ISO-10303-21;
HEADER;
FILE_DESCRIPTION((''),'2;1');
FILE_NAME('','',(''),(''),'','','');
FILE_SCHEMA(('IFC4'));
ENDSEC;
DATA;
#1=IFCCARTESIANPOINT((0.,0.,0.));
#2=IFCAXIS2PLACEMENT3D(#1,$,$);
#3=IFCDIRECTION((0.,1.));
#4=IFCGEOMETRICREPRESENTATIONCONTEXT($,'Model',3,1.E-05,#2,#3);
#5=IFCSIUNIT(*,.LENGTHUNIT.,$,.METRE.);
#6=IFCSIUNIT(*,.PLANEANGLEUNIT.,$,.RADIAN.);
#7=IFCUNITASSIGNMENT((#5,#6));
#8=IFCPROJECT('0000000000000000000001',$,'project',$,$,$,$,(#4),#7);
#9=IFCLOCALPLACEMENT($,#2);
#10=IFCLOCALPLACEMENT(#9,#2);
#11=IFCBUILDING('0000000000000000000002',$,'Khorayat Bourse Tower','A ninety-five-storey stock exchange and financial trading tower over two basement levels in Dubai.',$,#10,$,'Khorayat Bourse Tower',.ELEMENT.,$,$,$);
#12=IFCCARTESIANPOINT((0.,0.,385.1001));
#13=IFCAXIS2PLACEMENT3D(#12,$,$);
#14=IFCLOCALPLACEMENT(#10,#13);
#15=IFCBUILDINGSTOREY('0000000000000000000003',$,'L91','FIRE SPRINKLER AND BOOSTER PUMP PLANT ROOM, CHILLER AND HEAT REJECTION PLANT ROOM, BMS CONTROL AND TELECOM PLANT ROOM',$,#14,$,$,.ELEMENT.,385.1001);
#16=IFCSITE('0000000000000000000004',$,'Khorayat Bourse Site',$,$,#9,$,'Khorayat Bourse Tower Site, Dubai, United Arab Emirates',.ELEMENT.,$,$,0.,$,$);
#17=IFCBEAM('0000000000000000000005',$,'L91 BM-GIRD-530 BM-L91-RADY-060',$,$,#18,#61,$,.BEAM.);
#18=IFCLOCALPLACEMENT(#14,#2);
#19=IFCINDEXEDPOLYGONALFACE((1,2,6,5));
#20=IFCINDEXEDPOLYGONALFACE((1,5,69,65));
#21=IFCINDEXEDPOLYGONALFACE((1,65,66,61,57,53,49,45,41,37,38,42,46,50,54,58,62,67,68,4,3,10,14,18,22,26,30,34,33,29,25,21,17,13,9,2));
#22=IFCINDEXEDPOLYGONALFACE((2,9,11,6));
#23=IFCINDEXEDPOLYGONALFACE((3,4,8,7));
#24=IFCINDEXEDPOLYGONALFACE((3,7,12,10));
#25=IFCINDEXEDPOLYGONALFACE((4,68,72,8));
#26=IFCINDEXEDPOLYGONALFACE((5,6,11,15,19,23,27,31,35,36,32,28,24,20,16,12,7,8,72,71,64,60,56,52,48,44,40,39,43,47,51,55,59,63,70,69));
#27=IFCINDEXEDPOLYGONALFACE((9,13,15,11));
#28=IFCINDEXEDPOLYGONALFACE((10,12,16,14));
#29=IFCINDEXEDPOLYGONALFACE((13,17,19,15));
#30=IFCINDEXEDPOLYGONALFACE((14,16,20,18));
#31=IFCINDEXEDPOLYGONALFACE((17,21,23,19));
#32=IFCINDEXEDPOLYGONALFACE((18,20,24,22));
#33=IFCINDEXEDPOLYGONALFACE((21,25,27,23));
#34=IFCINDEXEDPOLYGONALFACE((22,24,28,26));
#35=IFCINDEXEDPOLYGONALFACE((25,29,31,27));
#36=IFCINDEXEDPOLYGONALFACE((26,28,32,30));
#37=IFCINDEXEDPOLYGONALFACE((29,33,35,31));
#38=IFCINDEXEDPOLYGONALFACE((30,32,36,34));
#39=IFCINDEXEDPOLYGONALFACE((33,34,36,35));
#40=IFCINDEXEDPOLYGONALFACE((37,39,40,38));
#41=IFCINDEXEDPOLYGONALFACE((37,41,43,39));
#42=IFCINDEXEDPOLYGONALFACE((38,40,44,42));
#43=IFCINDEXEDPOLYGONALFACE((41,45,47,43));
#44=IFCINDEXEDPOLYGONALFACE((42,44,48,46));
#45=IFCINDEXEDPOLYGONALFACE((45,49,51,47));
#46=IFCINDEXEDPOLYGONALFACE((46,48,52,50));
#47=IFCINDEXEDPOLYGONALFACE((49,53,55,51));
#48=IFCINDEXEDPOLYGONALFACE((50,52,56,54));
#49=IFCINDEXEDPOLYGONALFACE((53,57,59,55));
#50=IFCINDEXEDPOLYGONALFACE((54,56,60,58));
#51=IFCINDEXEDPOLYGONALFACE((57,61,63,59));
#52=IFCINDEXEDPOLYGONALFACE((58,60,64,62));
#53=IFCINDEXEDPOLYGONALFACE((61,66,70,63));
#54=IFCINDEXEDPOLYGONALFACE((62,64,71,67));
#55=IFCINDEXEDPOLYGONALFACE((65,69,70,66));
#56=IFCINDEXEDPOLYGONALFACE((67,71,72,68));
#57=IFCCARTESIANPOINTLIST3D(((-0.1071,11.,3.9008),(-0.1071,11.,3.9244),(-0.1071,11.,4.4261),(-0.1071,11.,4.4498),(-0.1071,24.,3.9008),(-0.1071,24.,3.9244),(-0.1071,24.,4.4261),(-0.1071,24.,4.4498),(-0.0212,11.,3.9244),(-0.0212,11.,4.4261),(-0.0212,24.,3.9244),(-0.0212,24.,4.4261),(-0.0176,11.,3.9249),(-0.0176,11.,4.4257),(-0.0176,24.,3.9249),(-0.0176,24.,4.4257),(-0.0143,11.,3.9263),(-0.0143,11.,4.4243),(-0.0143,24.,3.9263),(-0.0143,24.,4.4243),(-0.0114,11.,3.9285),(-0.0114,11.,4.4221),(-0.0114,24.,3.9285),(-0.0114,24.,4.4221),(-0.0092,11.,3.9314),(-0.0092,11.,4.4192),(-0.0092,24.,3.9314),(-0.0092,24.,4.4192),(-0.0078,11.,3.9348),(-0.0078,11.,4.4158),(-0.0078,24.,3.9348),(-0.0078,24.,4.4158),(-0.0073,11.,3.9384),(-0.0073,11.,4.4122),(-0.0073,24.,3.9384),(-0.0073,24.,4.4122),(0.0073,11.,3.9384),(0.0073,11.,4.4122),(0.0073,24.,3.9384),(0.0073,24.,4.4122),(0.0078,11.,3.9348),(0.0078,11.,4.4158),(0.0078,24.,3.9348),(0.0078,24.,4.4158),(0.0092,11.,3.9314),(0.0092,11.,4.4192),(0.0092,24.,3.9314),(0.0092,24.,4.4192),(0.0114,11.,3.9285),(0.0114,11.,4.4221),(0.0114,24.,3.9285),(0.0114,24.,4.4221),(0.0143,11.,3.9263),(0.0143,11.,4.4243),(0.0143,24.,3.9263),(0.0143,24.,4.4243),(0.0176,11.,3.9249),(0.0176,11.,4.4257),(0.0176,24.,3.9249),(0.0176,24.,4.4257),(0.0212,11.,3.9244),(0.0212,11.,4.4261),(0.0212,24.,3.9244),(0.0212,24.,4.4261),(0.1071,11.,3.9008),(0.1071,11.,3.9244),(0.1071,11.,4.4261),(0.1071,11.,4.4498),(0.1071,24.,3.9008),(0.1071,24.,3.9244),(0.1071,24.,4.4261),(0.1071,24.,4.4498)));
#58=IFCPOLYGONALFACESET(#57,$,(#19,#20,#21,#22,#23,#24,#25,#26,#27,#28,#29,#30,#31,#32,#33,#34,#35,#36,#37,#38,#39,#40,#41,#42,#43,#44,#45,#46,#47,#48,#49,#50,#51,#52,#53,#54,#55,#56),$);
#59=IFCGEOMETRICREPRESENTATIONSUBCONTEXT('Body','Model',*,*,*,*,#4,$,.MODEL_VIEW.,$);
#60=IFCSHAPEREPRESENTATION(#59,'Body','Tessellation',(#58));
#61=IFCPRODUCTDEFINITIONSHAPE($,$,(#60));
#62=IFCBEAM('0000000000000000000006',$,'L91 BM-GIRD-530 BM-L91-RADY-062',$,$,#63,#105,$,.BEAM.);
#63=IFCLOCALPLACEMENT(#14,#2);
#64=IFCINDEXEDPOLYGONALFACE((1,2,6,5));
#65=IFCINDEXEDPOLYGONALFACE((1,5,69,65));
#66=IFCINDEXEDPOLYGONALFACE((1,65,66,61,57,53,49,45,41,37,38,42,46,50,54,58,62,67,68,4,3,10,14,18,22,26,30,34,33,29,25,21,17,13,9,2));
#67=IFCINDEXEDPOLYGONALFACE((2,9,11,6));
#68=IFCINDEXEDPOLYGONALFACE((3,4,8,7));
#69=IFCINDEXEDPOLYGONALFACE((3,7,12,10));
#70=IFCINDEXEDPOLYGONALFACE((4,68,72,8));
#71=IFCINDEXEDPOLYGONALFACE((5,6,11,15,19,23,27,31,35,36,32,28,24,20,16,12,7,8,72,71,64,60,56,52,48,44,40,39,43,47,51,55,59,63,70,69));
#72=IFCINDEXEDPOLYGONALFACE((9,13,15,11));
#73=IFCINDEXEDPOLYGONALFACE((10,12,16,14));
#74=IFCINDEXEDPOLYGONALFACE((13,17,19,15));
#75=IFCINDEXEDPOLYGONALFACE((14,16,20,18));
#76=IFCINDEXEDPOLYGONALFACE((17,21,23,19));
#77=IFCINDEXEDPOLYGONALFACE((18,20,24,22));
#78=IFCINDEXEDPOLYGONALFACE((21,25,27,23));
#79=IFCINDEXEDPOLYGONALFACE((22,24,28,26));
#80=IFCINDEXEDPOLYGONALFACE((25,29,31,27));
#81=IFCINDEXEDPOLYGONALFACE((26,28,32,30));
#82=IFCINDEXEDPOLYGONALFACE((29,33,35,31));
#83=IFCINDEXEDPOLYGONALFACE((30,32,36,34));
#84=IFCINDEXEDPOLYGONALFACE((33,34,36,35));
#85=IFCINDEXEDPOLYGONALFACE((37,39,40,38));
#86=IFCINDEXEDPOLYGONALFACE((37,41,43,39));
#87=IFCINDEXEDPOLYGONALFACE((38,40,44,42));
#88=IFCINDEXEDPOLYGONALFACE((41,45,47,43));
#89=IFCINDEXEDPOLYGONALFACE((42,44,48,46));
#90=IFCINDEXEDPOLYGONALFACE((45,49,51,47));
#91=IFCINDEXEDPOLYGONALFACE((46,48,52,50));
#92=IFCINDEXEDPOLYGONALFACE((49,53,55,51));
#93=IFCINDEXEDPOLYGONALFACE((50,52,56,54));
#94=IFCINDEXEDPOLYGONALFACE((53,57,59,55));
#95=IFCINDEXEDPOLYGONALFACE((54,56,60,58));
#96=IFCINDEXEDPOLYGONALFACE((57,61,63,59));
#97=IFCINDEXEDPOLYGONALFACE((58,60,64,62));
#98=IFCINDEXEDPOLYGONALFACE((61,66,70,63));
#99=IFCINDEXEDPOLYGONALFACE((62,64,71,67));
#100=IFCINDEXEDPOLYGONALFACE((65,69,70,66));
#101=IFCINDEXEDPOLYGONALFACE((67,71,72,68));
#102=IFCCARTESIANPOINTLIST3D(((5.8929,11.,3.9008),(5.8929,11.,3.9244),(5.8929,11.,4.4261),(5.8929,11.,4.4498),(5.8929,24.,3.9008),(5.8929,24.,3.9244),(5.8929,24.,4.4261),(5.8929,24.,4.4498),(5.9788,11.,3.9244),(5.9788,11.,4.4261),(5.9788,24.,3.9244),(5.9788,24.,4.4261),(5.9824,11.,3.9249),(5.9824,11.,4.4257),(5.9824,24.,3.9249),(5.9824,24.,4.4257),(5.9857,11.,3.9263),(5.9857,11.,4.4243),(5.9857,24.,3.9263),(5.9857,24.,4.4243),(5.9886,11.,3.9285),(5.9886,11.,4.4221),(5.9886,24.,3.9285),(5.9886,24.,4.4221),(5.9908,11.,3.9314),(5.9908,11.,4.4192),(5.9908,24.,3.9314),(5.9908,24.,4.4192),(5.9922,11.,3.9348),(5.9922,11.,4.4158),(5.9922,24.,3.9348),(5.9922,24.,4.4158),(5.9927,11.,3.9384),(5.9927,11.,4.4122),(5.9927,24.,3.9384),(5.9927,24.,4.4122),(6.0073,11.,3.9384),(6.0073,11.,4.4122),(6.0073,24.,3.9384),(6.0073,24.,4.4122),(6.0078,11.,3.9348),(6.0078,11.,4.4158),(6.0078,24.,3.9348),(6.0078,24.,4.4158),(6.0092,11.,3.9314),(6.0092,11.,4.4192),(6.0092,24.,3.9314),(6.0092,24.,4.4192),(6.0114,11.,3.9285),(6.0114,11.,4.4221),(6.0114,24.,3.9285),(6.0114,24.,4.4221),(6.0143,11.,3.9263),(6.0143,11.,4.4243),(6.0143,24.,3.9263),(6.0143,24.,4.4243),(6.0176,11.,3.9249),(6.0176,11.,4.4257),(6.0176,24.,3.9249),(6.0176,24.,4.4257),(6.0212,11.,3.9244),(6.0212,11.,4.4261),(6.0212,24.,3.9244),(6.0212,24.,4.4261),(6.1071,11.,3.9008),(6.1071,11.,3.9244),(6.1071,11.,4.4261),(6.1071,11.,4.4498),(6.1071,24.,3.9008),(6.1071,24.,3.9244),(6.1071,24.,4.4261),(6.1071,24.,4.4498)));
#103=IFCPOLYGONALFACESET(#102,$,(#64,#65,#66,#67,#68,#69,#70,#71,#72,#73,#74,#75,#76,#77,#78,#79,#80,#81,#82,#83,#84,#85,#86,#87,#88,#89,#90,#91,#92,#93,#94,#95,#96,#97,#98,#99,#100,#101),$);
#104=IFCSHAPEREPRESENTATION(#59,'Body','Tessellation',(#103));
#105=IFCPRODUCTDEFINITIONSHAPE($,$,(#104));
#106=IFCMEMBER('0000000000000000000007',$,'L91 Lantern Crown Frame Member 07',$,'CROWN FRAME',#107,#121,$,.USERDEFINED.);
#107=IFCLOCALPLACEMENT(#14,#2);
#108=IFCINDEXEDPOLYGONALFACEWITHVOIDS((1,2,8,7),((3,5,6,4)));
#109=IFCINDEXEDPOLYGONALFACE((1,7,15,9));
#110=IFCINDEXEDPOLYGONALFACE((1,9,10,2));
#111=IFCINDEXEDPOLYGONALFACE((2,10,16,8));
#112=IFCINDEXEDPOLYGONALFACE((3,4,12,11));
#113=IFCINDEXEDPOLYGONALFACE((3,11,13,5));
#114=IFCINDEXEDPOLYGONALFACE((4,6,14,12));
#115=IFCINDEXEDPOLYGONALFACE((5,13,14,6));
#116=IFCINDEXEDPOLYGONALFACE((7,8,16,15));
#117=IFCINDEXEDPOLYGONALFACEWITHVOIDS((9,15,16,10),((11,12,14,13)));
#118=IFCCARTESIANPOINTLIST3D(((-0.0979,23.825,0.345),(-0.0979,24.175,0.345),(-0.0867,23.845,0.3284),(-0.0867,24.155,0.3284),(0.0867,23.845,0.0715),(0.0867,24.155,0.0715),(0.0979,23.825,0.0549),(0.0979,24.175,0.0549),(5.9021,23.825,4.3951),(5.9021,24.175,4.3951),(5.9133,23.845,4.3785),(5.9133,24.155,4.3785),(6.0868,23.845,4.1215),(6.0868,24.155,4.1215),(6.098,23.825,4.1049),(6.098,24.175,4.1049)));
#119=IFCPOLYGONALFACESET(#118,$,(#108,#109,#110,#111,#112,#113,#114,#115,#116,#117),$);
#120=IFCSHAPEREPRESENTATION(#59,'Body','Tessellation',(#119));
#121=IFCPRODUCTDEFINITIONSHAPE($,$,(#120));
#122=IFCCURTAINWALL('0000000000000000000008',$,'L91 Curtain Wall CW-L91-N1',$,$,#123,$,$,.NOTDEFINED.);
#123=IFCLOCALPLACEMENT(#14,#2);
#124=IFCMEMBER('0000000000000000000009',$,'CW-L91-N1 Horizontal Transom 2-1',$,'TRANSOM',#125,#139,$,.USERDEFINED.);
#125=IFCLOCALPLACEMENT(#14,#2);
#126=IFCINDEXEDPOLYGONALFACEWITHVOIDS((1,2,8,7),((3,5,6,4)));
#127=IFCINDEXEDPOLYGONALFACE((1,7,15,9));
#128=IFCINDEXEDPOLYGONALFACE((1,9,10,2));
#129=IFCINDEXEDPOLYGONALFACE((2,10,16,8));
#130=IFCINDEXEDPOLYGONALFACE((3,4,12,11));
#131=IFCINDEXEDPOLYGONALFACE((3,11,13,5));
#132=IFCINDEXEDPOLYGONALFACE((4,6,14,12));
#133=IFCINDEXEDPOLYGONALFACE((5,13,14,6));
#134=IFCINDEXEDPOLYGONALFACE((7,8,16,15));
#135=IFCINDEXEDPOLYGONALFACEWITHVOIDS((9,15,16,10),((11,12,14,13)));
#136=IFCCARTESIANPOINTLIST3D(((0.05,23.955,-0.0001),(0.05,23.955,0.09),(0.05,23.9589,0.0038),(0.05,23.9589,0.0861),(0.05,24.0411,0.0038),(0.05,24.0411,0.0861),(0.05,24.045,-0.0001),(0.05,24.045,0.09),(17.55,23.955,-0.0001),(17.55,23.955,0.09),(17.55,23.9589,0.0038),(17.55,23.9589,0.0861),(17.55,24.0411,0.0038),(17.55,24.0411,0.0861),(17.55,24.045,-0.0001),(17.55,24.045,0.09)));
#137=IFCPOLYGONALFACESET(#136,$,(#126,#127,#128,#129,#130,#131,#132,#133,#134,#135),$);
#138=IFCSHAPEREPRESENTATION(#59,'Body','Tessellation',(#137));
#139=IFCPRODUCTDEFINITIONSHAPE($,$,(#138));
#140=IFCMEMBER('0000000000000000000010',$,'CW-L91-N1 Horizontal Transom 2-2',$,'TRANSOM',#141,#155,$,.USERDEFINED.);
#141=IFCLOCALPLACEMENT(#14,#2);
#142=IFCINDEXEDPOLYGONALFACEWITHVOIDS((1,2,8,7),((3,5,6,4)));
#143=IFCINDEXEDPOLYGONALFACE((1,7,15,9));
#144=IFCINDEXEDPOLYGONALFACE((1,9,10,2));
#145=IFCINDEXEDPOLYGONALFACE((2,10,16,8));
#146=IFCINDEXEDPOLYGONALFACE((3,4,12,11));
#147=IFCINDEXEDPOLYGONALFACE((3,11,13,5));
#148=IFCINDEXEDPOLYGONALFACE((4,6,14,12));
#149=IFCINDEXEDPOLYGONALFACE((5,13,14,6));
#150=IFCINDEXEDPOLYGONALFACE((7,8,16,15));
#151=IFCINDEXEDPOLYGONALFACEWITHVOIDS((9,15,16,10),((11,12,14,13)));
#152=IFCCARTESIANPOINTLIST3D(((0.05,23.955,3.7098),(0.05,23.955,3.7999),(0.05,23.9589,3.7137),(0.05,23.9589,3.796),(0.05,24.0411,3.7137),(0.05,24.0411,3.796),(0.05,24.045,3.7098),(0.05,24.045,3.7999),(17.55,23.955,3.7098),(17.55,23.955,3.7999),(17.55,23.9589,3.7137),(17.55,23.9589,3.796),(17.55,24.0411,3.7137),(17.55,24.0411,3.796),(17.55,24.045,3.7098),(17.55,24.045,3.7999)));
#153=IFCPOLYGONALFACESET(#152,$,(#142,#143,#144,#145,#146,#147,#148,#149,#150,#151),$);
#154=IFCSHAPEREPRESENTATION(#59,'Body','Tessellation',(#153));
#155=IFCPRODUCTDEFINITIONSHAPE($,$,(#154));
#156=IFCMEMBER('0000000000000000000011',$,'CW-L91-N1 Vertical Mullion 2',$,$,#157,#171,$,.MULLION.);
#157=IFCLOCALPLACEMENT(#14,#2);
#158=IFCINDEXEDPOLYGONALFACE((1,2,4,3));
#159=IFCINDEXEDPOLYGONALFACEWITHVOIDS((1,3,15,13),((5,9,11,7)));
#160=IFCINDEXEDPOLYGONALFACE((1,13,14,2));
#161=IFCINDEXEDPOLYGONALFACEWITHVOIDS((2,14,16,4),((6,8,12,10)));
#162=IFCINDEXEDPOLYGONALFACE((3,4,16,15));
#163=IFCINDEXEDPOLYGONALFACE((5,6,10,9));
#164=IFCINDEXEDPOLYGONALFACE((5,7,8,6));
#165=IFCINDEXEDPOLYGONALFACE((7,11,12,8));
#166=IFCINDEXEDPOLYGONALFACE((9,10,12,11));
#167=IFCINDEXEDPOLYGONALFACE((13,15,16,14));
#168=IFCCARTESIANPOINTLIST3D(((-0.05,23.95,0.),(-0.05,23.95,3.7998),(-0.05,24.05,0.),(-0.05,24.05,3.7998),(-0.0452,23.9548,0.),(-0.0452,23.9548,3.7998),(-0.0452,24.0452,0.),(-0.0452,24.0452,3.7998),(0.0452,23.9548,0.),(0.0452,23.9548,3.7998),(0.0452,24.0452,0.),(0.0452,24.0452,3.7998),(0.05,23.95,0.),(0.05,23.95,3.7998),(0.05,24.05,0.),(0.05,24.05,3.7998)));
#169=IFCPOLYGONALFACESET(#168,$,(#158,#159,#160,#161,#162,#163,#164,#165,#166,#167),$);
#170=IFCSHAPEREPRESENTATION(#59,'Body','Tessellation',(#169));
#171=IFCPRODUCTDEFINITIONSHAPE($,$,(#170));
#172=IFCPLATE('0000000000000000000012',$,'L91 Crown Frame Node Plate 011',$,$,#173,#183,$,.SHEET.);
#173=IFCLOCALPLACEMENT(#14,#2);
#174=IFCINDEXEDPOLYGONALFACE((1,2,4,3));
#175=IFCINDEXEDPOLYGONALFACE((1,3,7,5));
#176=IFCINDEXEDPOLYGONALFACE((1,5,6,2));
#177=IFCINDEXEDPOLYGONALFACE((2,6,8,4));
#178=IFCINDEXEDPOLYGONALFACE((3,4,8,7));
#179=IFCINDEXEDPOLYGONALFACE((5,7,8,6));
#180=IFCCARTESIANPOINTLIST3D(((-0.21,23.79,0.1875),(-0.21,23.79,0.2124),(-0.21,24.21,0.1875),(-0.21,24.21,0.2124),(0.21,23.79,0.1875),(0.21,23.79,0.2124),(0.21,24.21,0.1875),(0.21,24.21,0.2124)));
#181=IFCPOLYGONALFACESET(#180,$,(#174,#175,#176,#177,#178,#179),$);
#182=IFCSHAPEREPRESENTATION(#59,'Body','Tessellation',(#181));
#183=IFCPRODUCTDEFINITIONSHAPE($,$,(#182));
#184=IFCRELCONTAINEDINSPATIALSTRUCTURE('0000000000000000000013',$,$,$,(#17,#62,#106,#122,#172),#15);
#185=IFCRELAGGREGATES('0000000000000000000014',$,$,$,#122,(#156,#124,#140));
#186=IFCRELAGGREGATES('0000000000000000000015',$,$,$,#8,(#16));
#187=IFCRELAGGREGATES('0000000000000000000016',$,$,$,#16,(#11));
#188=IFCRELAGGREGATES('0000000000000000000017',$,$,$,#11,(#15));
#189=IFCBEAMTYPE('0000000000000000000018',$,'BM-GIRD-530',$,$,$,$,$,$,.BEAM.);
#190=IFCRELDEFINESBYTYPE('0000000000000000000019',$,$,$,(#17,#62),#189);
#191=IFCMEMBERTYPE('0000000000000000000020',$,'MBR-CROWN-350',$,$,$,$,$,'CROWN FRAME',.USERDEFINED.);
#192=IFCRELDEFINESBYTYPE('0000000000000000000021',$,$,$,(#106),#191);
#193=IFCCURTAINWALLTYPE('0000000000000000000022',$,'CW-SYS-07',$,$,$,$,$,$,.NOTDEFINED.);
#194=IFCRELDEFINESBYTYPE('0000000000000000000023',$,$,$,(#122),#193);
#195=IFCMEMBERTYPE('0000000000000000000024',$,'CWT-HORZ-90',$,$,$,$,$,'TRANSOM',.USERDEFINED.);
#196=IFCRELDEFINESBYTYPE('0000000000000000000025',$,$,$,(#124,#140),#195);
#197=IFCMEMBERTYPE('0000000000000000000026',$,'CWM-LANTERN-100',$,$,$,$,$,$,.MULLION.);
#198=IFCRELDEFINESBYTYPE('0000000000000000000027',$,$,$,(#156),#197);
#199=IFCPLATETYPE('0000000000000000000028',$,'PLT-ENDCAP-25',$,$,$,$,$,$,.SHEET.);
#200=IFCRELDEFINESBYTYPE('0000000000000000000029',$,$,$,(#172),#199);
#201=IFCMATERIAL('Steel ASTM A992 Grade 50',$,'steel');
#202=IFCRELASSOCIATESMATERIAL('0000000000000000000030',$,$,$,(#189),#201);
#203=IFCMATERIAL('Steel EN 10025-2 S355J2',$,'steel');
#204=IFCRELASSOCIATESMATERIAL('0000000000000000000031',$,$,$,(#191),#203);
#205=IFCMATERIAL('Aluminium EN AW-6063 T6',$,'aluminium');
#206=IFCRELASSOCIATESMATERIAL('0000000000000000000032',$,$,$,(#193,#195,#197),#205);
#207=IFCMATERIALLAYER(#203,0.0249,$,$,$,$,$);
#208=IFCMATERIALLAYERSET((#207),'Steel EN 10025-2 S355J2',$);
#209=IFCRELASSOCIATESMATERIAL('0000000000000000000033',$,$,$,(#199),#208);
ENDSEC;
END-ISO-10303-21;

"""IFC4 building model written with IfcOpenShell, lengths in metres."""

from ifc_helpers import new_model, si_unit, direction, frame, origin, origin_2d, place, context, subcontext, project, spatial, rectangle, hollow_rectangle, i_section, extrude, source, transform, mapped, material, layer, layer_set, material_profile, profile_set, type_object, element, aggregate, save


model = new_model("IFC4")

# Units and contexts
model_context = context("Model", 3, precision=1e-05, world=origin(), true_north=direction((0.0, 1.0)))
body_context = subcontext(model_context, "Body", "Model", "MODEL_VIEW")
ifc_project = project(units=[si_unit("LENGTHUNIT", "METRE"), si_unit("PLANEANGLEUNIT", "RADIAN")], contexts=[model_context])

# Site, building, storey
site_placement = place(None, origin())
site = spatial("IfcSite", under=ifc_project, at=site_placement, Name="Khorayat Bourse Site", LongName="Khorayat Bourse Tower Site, Dubai, United Arab Emirates", CompositionType="ELEMENT", RefElevation=0.0)
building_placement = place(site_placement, origin())
building = spatial("IfcBuilding", under=site, at=building_placement, Name="Khorayat Bourse Tower", Description="A ninety-five-storey stock exchange and financial trading tower over two basement levels in Dubai.", LongName="Khorayat Bourse Tower", CompositionType="ELEMENT")
storey_placement = place(building_placement, frame((0.0, 0.0, 385.1001)))
storey = spatial("IfcBuildingStorey", under=building, at=storey_placement, Name="L91", Description="FIRE SPRINKLER AND BOOSTER PUMP PLANT ROOM, CHILLER AND HEAT REJECTION PLANT ROOM, BMS CONTROL AND TELECOM PLANT ROOM", CompositionType="ELEMENT", Elevation=385.1001)

# Shared definitions
ifc_material_1 = material(Name="Steel EN 10025-2 S355J2", Category="steel")

# Beams
ifc_material_2 = material(Name="Steel ASTM A992 Grade 50", Category="steel")
ifc_material_profile_1 = material_profile(ifc_material_2, i_section(OverallWidth=0.2141, OverallDepth=0.5491, WebThickness=0.0146, FlangeThickness=0.0237, FilletRadius=0.0139, at=origin_2d()), Name="W530X138")
ifc_profile_set_1 = profile_set([ifc_material_profile_1], Name="Steel ASTM A992 Grade 50")
beam_type_1 = type_object("IfcBeamType", Name="BM-GIRD-530", PredefinedType="BEAM", material=ifc_profile_set_1)
shared_shape_1 = source(origin(), body_context, "Body", "SweptSolid", [
    extrude(i_section(OverallWidth=0.2141, OverallDepth=0.5491, WebThickness=0.0146, FlangeThickness=0.0237, FilletRadius=0.0139, at=origin_2d()), origin(), (0.0, 0.0, 1.0), 13.0),
])
for number, where, z_axis, x_axis, name in (
    (1, (0.0, 11.0, 4.1753), (0.0, 1.0, 0.0), (-1.0, 0.0, 0.0), "L91 BM-GIRD-530 BM-L91-RADY-060"),
    (2, (6.0, 11.0, 4.1753), (0.0, 1.0, 0.0), (-1.0, 0.0, 0.0), "L91 BM-GIRD-530 BM-L91-RADY-062"),
):
    element("IfcBeam", number, at=place(storey_placement, frame(where, z_axis=z_axis, x_axis=x_axis)), inside=storey, type_object=beam_type_1, Name=name, PredefinedType="BEAM", context=body_context, shape_type="MappedRepresentation", body=[
        mapped(shared_shape_1, transform((0.0, 0.0, 0.0), scale=1.0)),
    ])

# Member
ifc_material_profile_2 = material_profile(ifc_material_1, hollow_rectangle(XDim=0.3501, YDim=0.3501, WallThickness=0.02, at=origin_2d()), Name="HSS 350x350x20")
ifc_profile_set_2 = profile_set([ifc_material_profile_2], Name="Steel EN 10025-2 S355J2")
member_type_1 = type_object("IfcMemberType", Name="MBR-CROWN-350", ElementType="CROWN FRAME", PredefinedType="USERDEFINED", material=ifc_profile_set_2)
shared_shape_2 = source(origin(), body_context, "Body", "SweptSolid", [
    extrude(hollow_rectangle(XDim=0.3501, YDim=0.3501, WallThickness=0.02, at=origin_2d()), origin(), (0.0, 0.0, 1.0), 7.239),
])
member_1_placement = place(storey_placement, frame((0.0, 24.0, 0.2), z_axis=(0.828846, 0.0, 0.559477), x_axis=(0.0, 1.0, 0.0)))
element("IfcMember", 3, at=member_1_placement, inside=storey, type_object=member_type_1, Name="L91 Lantern Crown Frame Member 07", ObjectType="CROWN FRAME", PredefinedType="USERDEFINED", context=body_context, shape_type="MappedRepresentation", body=[
    mapped(shared_shape_2, transform((0.0, 0.0, 0.0), scale=1.0)),
])

# Curtain wall, members
ifc_material_3 = material(Name="Aluminium EN AW-6063 T6", Category="aluminium")
curtain_wall_type = type_object("IfcCurtainWallType", Name="CW-SYS-07", PredefinedType="NOTDEFINED", material=ifc_material_3)
curtain_wall_placement = place(storey_placement, origin())
curtain_wall = element("IfcCurtainWall", 4, at=curtain_wall_placement, inside=storey, type_object=curtain_wall_type, Name="L91 Curtain Wall CW-L91-N1", PredefinedType="NOTDEFINED")
ifc_material_profile_3 = material_profile(ifc_material_3, hollow_rectangle(XDim=0.0901, YDim=0.0901, WallThickness=0.0039, at=origin_2d()), Name="ALU 90x90x4")
ifc_profile_set_3 = profile_set([ifc_material_profile_3], Name="Aluminium EN AW-6063 T6")
member_type_2 = type_object("IfcMemberType", Name="CWT-HORZ-90", ElementType="TRANSOM", PredefinedType="USERDEFINED", material=ifc_profile_set_3)
shared_shape_3 = source(origin(), body_context, "Body", "SweptSolid", [
    extrude(hollow_rectangle(XDim=0.0901, YDim=0.0901, WallThickness=0.0039, at=origin_2d()), origin(), (0.0, 0.0, 1.0), 17.5),
])
member_2_placement = place(storey_placement, frame((0.05, 24.0, 0.0449), z_axis=(1.0, 0.0, 0.0), x_axis=(0.0, 1.0, 0.0)))
member_2 = element("IfcMember", 5, at=member_2_placement, type_object=member_type_2, Name="CW-L91-N1 Horizontal Transom 2-1", ObjectType="TRANSOM", PredefinedType="USERDEFINED", context=body_context, shape_type="MappedRepresentation", body=[
    mapped(shared_shape_3, transform((0.0, 0.0, 0.0), scale=1.0)),
])
member_3_placement = place(storey_placement, frame((0.05, 24.0, 3.7549), z_axis=(1.0, 0.0, 0.0), x_axis=(0.0, 1.0, 0.0)))
member_3 = element("IfcMember", 6, at=member_3_placement, type_object=member_type_2, Name="CW-L91-N1 Horizontal Transom 2-2", ObjectType="TRANSOM", PredefinedType="USERDEFINED", context=body_context, shape_type="MappedRepresentation", body=[
    mapped(shared_shape_3, transform((0.0, 0.0, 0.0), scale=1.0)),
])
ifc_material_profile_4 = material_profile(ifc_material_3, hollow_rectangle(XDim=0.1001, YDim=0.1001, WallThickness=0.0049, at=origin_2d()), Name="ALU 100x100x5")
ifc_profile_set_4 = profile_set([ifc_material_profile_4], Name="Aluminium EN AW-6063 T6")
member_type_3 = type_object("IfcMemberType", Name="CWM-LANTERN-100", PredefinedType="MULLION", material=ifc_profile_set_4)
shared_shape_4 = source(origin(), body_context, "Body", "SweptSolid", [
    extrude(hollow_rectangle(XDim=0.1001, YDim=0.1001, WallThickness=0.0049, at=origin_2d()), origin(), (0.0, 0.0, 1.0), 3.7998),
])
member_4_placement = place(storey_placement, frame((0.0, 24.0, 0.0), z_axis=(0.0, 0.0, 1.0), x_axis=(0.0, 1.0, 0.0)))
member_4 = element("IfcMember", 7, at=member_4_placement, type_object=member_type_3, Name="CW-L91-N1 Vertical Mullion 2", PredefinedType="MULLION", context=body_context, shape_type="MappedRepresentation", body=[
    mapped(shared_shape_4, transform((0.0, 0.0, 0.0), scale=1.0)),
])

# Plate
ifc_layer_1 = layer(ifc_material_1, 0.0249)
ifc_layer_set_1 = layer_set([ifc_layer_1], Name="Steel EN 10025-2 S355J2")
plate_type_1 = type_object("IfcPlateType", Name="PLT-ENDCAP-25", PredefinedType="SHEET", material=ifc_layer_set_1)
shared_shape_5 = source(origin(), body_context, "Body", "SweptSolid", [
    extrude(rectangle(XDim=0.4199, YDim=0.4199, at=origin_2d()), origin(), (0.0, 0.0, 1.0), 0.0249),
])
for number, where, z_axis, x_axis, name in (
    (8, (0.0, 24.0, 0.1875), (0.0, 0.0, 1.0), (1.0, 0.0, 0.0), "L91 Crown Frame Node Plate 011"),
):
    element("IfcPlate", number, at=place(storey_placement, frame(where, z_axis=z_axis, x_axis=x_axis)), inside=storey, type_object=plate_type_1, Name=name, PredefinedType="SHEET", context=body_context, shape_type="MappedRepresentation", body=[
        mapped(shared_shape_5, transform((0.0, 0.0, 0.0), scale=1.0)),
    ])

aggregate(curtain_wall, [member_4, member_2, member_3])

save(model, "model.ifc")
